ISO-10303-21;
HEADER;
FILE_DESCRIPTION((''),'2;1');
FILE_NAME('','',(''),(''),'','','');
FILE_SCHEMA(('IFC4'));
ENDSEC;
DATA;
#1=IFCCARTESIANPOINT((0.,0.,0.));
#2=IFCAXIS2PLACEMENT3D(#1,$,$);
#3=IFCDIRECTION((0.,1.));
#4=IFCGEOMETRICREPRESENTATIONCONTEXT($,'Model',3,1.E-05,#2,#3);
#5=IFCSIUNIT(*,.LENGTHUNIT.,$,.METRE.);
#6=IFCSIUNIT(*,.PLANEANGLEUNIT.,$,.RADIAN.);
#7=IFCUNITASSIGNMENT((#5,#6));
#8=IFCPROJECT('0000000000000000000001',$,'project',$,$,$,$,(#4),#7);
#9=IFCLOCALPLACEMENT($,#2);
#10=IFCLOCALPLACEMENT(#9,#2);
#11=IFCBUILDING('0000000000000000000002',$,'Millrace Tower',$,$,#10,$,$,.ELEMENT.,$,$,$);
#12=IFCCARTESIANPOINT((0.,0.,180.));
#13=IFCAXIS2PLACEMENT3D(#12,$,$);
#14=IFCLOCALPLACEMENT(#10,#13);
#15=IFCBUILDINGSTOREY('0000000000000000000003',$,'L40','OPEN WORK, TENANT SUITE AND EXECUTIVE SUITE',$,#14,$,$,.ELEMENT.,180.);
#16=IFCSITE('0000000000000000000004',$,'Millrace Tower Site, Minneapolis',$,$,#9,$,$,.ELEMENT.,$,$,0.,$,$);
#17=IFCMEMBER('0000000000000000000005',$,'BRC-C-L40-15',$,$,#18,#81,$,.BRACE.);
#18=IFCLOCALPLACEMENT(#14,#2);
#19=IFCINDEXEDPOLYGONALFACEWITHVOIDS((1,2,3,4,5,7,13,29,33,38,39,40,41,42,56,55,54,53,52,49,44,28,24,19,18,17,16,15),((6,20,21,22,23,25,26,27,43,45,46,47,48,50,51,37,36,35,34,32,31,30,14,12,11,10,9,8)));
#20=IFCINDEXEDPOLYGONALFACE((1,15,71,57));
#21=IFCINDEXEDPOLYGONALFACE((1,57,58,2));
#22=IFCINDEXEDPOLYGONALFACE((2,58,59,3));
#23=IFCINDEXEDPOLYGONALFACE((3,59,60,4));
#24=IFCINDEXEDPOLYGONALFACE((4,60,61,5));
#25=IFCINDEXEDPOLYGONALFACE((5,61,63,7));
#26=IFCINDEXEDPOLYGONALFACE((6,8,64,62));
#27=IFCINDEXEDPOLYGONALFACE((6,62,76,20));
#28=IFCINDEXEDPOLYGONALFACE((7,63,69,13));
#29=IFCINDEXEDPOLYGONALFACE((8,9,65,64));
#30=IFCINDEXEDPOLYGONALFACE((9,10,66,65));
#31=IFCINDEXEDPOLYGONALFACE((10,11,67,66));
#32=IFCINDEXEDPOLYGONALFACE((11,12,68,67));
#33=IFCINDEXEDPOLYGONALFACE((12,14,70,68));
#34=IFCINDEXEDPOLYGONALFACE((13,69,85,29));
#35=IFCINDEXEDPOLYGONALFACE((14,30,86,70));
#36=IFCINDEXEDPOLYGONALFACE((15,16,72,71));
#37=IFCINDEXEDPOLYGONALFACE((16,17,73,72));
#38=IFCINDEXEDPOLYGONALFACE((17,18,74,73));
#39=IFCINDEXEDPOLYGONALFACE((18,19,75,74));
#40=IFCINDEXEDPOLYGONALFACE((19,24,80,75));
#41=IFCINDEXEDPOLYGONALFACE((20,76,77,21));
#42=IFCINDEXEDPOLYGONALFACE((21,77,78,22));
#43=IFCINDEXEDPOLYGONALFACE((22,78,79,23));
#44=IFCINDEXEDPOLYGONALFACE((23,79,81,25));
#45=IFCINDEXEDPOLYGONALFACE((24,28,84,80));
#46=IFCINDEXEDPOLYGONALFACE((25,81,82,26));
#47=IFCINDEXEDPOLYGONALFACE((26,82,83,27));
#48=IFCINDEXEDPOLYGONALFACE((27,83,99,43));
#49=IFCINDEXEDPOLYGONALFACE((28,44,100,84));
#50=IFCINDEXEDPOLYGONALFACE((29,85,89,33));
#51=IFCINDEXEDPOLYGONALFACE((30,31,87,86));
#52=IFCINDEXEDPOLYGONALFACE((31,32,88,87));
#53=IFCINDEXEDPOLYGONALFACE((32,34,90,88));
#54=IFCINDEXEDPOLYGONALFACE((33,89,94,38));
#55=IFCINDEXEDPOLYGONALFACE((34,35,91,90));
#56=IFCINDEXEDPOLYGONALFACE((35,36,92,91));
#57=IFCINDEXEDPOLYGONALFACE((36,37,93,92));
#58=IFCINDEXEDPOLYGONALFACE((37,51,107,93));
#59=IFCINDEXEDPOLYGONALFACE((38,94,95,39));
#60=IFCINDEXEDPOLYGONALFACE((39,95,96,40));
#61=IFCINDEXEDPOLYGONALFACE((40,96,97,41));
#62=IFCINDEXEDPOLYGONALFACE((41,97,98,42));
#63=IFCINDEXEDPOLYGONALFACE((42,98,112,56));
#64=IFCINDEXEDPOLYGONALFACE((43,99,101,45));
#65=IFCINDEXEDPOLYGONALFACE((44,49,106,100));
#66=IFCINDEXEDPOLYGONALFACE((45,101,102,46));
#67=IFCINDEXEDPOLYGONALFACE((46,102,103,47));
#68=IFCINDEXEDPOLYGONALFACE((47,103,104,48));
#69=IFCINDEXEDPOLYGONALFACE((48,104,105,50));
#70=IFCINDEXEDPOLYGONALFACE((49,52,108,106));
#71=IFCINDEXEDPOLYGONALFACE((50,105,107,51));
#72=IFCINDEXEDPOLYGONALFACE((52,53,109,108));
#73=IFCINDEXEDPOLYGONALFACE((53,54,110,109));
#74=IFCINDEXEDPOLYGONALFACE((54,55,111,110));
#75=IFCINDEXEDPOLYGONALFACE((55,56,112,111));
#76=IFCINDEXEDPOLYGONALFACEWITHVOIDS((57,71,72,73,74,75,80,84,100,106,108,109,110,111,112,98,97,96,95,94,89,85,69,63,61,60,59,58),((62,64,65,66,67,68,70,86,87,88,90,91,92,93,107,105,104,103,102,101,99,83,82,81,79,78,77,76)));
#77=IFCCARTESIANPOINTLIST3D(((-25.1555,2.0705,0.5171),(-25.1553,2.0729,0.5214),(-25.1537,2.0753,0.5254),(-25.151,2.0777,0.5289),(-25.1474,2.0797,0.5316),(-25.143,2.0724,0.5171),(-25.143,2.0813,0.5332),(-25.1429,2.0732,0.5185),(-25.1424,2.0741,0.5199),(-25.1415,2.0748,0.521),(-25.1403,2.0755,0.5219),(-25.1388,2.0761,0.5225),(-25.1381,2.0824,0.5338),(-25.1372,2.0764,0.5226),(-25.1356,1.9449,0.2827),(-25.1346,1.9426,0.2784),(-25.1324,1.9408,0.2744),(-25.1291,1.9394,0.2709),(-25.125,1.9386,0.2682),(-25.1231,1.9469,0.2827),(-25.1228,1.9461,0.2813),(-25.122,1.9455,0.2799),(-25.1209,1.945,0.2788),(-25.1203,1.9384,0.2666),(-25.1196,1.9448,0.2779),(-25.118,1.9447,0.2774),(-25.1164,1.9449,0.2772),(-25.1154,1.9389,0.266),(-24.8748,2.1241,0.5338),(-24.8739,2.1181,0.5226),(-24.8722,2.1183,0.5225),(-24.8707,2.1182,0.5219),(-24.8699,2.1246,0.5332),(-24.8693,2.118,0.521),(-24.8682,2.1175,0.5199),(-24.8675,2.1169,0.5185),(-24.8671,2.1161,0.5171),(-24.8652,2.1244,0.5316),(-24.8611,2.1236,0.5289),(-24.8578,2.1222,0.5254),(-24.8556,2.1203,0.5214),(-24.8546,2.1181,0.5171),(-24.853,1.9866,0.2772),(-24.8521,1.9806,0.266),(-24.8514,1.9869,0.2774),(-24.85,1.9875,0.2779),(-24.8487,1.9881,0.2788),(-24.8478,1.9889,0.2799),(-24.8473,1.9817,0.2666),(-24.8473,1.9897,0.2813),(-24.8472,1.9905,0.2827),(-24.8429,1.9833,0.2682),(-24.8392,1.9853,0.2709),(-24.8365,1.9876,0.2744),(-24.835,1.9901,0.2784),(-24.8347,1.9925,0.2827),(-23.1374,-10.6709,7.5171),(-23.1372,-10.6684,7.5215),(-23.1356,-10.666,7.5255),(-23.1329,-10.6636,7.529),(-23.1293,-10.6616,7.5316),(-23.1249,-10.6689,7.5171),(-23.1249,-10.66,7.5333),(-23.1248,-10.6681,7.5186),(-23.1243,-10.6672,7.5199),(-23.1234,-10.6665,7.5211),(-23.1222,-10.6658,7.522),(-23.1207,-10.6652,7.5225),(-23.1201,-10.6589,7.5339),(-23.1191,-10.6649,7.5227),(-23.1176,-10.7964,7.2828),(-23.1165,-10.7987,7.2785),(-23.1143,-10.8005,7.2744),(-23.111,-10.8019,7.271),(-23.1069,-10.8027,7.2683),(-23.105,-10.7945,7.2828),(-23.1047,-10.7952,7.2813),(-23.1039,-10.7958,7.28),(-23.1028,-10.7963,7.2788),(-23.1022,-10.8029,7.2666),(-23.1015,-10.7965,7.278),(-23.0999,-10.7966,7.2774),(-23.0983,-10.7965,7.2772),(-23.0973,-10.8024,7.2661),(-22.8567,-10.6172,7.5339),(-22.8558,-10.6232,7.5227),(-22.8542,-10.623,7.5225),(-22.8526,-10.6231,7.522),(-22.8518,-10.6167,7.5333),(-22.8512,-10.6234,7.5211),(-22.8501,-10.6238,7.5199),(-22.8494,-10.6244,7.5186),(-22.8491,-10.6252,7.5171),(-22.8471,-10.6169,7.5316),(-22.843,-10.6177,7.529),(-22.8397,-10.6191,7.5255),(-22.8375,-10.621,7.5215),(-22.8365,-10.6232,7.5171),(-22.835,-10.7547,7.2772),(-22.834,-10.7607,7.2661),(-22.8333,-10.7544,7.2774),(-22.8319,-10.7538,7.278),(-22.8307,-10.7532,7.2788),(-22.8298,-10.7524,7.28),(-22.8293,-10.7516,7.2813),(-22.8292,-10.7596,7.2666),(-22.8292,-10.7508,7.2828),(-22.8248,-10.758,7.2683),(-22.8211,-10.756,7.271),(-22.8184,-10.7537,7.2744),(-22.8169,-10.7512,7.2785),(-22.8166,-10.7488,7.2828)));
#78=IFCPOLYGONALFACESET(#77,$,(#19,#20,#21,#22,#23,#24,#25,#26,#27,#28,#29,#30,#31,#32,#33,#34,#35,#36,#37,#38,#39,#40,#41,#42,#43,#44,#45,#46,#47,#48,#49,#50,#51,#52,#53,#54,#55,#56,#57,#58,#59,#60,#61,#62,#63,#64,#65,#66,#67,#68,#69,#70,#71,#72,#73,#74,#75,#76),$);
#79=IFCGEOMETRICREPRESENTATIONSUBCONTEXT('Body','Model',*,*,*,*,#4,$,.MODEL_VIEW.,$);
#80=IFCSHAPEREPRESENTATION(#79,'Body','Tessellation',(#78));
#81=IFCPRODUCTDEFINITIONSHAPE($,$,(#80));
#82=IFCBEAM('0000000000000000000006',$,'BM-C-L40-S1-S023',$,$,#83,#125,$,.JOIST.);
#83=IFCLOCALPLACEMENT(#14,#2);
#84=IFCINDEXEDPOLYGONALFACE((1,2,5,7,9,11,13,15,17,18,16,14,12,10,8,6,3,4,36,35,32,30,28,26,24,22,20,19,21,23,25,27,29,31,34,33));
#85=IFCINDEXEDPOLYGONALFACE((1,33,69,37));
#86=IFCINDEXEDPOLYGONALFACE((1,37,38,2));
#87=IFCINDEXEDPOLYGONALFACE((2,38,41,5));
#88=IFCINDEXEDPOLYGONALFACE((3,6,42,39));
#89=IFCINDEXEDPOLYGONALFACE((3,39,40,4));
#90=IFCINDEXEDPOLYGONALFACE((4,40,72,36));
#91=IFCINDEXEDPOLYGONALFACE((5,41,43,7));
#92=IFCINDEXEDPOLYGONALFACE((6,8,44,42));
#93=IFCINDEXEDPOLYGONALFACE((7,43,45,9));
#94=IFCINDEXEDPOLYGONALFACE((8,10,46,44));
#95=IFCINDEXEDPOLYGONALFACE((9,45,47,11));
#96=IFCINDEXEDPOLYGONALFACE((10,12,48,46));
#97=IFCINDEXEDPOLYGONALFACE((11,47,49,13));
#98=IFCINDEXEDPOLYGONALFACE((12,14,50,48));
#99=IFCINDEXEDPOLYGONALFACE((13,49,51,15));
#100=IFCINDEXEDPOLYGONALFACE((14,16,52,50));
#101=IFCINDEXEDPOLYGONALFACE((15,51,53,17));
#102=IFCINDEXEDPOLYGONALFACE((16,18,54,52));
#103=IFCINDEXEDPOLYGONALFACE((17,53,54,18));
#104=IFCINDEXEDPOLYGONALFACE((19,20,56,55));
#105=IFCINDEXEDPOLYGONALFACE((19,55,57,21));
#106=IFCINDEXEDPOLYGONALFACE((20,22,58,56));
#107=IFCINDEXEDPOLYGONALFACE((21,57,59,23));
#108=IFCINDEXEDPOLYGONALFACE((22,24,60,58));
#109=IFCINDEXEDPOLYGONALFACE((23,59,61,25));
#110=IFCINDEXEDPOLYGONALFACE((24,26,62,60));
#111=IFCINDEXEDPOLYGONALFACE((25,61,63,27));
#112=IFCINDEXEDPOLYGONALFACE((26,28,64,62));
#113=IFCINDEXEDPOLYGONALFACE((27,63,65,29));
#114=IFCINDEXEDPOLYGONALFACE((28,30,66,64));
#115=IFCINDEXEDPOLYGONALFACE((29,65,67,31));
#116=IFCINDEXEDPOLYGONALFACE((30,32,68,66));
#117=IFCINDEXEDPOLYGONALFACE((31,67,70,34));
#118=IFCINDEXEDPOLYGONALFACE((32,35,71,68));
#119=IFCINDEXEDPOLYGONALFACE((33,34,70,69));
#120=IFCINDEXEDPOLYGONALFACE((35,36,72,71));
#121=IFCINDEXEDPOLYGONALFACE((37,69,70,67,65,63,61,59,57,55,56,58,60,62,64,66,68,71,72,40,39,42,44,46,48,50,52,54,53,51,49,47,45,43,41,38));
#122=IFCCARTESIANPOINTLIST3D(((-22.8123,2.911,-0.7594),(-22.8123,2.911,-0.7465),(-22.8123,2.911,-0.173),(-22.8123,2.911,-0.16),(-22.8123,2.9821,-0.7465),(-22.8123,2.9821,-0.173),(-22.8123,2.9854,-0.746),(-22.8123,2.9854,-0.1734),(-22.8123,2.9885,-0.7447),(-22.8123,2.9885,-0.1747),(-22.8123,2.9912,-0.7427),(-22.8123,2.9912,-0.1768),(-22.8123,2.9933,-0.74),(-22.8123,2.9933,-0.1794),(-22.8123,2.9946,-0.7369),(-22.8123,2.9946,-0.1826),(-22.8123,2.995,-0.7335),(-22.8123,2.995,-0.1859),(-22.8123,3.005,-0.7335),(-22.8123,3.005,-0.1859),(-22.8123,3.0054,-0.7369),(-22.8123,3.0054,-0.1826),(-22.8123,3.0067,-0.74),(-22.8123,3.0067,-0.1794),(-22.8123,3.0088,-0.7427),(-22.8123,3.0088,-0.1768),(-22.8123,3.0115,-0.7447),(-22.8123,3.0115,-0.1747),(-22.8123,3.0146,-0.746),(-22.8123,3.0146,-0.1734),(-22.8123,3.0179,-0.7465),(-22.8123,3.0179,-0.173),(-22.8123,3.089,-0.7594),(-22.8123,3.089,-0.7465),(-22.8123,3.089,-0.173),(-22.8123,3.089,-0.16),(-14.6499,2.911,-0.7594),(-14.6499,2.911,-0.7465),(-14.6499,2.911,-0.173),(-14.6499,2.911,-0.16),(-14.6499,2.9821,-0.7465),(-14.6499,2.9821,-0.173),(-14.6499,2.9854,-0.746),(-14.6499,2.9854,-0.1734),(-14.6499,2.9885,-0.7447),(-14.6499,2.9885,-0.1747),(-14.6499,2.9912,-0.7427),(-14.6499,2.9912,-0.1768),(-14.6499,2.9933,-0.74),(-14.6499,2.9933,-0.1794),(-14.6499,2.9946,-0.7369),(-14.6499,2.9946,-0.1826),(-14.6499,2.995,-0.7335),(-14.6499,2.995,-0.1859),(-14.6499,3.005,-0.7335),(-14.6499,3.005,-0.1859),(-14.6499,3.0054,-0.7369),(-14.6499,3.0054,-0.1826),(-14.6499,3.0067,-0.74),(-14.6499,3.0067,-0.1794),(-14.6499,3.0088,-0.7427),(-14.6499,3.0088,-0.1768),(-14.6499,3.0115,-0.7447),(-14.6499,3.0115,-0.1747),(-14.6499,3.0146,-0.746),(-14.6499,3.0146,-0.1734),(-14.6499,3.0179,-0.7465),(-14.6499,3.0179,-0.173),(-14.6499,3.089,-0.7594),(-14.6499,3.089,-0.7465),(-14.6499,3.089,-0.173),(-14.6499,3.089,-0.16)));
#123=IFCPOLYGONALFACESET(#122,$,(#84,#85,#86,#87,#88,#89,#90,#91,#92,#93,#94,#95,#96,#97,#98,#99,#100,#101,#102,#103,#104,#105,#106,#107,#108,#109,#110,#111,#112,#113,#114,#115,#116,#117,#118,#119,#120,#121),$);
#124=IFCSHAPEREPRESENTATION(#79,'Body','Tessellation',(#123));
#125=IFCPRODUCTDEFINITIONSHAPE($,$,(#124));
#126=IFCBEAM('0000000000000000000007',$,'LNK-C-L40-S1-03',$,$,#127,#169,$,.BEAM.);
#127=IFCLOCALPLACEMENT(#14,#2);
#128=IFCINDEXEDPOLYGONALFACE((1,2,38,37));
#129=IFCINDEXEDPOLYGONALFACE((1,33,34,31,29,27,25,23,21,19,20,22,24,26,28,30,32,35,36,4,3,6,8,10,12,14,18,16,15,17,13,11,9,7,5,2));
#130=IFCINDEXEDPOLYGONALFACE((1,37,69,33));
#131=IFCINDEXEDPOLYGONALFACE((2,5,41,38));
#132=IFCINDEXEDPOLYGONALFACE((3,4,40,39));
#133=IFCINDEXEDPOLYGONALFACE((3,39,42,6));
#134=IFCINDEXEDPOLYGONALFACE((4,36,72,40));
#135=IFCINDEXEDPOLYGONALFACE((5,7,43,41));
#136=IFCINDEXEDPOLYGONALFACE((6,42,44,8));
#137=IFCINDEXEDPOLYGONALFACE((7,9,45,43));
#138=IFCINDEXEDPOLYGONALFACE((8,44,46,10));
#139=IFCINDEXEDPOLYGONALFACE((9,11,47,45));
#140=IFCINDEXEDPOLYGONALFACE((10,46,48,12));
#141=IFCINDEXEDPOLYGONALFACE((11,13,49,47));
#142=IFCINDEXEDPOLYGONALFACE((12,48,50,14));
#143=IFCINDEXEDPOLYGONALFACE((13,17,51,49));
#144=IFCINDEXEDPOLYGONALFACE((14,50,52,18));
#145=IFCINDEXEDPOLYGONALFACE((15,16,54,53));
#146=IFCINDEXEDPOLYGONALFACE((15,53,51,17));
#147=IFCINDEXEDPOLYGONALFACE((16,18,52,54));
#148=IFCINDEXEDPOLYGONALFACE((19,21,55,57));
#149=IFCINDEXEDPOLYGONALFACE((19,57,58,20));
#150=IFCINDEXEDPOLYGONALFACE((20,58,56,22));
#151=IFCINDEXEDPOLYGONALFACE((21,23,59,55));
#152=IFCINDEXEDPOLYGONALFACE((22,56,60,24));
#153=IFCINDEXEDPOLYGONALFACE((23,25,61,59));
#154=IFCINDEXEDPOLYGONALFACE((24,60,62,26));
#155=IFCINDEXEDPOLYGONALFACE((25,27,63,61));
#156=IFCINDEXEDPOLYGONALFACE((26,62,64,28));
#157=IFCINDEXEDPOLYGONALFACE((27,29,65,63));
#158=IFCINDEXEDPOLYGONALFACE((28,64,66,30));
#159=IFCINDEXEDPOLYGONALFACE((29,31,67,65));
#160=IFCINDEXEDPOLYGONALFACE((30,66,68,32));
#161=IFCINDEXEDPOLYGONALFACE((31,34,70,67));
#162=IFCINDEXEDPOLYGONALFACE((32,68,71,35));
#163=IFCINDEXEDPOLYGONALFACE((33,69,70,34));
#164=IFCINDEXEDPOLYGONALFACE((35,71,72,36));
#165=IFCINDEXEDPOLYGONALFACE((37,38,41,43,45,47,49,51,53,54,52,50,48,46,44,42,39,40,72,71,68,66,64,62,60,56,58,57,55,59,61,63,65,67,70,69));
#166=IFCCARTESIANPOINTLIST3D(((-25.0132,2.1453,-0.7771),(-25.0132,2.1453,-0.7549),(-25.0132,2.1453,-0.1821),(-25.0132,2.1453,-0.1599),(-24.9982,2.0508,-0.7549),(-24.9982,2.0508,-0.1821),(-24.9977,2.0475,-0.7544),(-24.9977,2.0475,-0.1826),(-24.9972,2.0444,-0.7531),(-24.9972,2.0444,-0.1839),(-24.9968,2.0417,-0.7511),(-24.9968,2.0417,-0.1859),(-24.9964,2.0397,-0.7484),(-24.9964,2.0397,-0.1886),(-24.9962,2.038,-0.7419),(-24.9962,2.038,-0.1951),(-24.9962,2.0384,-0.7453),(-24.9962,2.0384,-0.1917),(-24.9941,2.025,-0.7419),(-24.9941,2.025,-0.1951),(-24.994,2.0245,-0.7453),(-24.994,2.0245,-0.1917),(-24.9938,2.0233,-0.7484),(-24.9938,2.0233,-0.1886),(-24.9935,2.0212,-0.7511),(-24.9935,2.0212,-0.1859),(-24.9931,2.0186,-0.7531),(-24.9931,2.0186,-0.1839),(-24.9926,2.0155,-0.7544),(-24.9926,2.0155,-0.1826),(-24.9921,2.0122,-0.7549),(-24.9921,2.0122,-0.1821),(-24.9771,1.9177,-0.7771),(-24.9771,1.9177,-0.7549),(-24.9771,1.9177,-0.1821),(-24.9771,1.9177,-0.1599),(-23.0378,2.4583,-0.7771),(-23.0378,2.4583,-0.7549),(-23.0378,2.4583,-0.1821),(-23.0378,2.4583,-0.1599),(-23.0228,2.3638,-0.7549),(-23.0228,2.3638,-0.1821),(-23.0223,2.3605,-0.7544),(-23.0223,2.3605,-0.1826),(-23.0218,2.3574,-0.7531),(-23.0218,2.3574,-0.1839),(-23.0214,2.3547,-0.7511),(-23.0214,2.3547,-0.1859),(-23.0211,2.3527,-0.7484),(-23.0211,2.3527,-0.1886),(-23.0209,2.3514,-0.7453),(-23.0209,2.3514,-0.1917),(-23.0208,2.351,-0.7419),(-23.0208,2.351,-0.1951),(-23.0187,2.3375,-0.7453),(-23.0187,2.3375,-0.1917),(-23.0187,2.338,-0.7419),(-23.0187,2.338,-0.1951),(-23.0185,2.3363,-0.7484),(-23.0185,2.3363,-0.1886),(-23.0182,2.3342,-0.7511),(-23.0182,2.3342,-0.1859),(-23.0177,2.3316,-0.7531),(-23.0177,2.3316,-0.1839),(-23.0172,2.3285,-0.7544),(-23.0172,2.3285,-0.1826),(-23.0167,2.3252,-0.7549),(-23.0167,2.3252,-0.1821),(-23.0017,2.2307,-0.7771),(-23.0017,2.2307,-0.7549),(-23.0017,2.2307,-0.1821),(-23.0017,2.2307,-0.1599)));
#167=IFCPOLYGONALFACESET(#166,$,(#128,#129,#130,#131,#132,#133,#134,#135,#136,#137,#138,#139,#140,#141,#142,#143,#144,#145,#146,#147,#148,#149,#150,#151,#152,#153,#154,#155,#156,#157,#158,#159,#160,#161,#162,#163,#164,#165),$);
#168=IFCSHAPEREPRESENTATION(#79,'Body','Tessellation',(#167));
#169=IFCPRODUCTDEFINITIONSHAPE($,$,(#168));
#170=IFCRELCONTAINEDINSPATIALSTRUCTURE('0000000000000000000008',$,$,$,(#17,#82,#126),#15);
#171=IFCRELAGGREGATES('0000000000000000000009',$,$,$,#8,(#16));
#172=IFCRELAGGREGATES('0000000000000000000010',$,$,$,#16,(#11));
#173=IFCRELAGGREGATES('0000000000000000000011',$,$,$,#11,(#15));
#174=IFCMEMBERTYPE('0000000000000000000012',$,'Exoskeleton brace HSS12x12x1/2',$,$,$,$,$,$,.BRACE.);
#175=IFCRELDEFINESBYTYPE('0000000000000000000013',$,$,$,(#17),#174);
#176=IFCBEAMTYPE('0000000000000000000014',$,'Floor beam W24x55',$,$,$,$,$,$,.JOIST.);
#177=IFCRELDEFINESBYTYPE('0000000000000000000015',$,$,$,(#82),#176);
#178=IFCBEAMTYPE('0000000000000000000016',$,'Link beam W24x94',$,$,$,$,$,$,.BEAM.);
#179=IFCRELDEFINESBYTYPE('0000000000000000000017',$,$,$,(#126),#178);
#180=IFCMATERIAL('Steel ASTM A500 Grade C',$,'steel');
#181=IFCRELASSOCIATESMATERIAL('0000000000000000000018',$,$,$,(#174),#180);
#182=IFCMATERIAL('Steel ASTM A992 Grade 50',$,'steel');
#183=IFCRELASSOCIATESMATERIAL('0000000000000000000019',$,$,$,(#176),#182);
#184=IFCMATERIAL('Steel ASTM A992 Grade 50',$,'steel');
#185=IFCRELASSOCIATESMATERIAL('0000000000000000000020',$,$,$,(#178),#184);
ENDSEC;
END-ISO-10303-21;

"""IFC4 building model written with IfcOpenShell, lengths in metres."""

from ifc_helpers import new_model, si_unit, direction, frame, origin, origin_2d, place, context, subcontext, project, spatial, hollow_rectangle, i_section, extrude, material, material_profile, profile_set, type_object, element, save


model = new_model("IFC4")

# Units and contexts
model_context = context("Model", 3, precision=1e-05, world=origin(), true_north=direction((0.0, 1.0)))
body_context = subcontext(model_context, "Body", "Model", "MODEL_VIEW")
ifc_project = project(units=[si_unit("LENGTHUNIT", "METRE"), si_unit("PLANEANGLEUNIT", "RADIAN")], contexts=[model_context])

# Site, building, storey
site_placement = place(None, origin())
site = spatial("IfcSite", under=ifc_project, at=site_placement, Name="Millrace Tower Site, Minneapolis", CompositionType="ELEMENT", RefElevation=0.0)
building_placement = place(site_placement, origin())
building = spatial("IfcBuilding", under=site, at=building_placement, Name="Millrace Tower", CompositionType="ELEMENT")
storey_placement = place(building_placement, frame((0.0, 0.0, 180.0)))
storey = spatial("IfcBuildingStorey", under=building, at=storey_placement, Name="L40", Description="OPEN WORK, TENANT SUITE AND EXECUTIVE SUITE", CompositionType="ELEMENT", Elevation=180.0)

# Member
ifc_material_1 = material(Name="Steel ASTM A500 Grade C", Category="steel")
ifc_material_profile_1 = material_profile(ifc_material_1, hollow_rectangle(XDim=0.3047, YDim=0.3047, WallThickness=0.0127, InnerFilletRadius=0.0063, OuterFilletRadius=0.019, at=origin_2d()))
ifc_profile_set_1 = profile_set([ifc_material_profile_1], Name="Steel ASTM A500 Grade C")
member_type_1 = type_object("IfcMemberType", Name="Exoskeleton brace HSS12x12x1/2", PredefinedType="BRACE", material=ifc_profile_set_1)
member_1_placement = place(storey_placement, frame((-24.9951, 2.0315, 0.3999), z_axis=(0.1375, -0.868114, 0.47694), x_axis=(0.987688, 0.156439, 0.0)))
element("IfcMember", 1, at=member_1_placement, inside=storey, type_object=member_type_1, Name="BRC-C-L40-15", PredefinedType="BRACE", context=body_context, shape_type="SweptSolid", body=[
    extrude(hollow_rectangle(XDim=0.3047, YDim=0.3047, WallThickness=0.0127, InnerFilletRadius=0.0063, OuterFilletRadius=0.019, at=origin_2d()), origin(), (0.0, 0.0, 1.0), 14.677),
])

# Beams
ifc_material_2 = material(Name="Steel ASTM A992 Grade 50", Category="steel")
ifc_material_profile_2 = material_profile(ifc_material_2, i_section(OverallWidth=0.178, OverallDepth=0.5994, WebThickness=0.01, FlangeThickness=0.0129, FilletRadius=0.0129, at=origin_2d()))
ifc_profile_set_2 = profile_set([ifc_material_profile_2], Name="Steel ASTM A992 Grade 50")
beam_type_1 = type_object("IfcBeamType", Name="Floor beam W24x55", PredefinedType="JOIST", material=ifc_profile_set_2)
beam_1_placement = place(storey_placement, frame((-22.8123, 3.0, -0.4597), z_axis=(1.0, 0.0, 0.0), x_axis=(0.0, 1.0, 0.0)))
element("IfcBeam", 2, at=beam_1_placement, inside=storey, type_object=beam_type_1, Name="BM-C-L40-S1-S023", PredefinedType="JOIST", context=body_context, shape_type="SweptSolid", body=[
    extrude(i_section(OverallWidth=0.178, OverallDepth=0.5994, WebThickness=0.01, FlangeThickness=0.0129, FilletRadius=0.0129, at=origin_2d()), origin(), (0.0, 0.0, 1.0), 8.1624),
])
ifc_material_3 = material(Name="Steel ASTM A992 Grade 50", Category="steel")
ifc_material_profile_3 = material_profile(ifc_material_3, i_section(OverallWidth=0.2305, OverallDepth=0.6172, WebThickness=0.0132, FlangeThickness=0.0222, FilletRadius=0.0129, at=origin_2d()))
ifc_profile_set_3 = profile_set([ifc_material_profile_3], Name="Steel ASTM A992 Grade 50")
beam_type_2 = type_object("IfcBeamType", Name="Link beam W24x94", PredefinedType="BEAM", material=ifc_profile_set_3)
beam_2_placement = place(storey_placement, frame((-23.0198, 2.3445, -0.4685), z_axis=(-0.987679, -0.156495, 0.0), x_axis=(0.156495, -0.987679, 0.0)))
element("IfcBeam", 3, at=beam_2_placement, inside=storey, type_object=beam_type_2, Name="LNK-C-L40-S1-03", PredefinedType="BEAM", context=body_context, shape_type="SweptSolid", body=[
    extrude(i_section(OverallWidth=0.2305, OverallDepth=0.6172, WebThickness=0.0132, FlangeThickness=0.0222, FilletRadius=0.0129, at=origin_2d()), origin(), (0.0, 0.0, 1.0), 2.0),
])

save(model, "model.ifc")
